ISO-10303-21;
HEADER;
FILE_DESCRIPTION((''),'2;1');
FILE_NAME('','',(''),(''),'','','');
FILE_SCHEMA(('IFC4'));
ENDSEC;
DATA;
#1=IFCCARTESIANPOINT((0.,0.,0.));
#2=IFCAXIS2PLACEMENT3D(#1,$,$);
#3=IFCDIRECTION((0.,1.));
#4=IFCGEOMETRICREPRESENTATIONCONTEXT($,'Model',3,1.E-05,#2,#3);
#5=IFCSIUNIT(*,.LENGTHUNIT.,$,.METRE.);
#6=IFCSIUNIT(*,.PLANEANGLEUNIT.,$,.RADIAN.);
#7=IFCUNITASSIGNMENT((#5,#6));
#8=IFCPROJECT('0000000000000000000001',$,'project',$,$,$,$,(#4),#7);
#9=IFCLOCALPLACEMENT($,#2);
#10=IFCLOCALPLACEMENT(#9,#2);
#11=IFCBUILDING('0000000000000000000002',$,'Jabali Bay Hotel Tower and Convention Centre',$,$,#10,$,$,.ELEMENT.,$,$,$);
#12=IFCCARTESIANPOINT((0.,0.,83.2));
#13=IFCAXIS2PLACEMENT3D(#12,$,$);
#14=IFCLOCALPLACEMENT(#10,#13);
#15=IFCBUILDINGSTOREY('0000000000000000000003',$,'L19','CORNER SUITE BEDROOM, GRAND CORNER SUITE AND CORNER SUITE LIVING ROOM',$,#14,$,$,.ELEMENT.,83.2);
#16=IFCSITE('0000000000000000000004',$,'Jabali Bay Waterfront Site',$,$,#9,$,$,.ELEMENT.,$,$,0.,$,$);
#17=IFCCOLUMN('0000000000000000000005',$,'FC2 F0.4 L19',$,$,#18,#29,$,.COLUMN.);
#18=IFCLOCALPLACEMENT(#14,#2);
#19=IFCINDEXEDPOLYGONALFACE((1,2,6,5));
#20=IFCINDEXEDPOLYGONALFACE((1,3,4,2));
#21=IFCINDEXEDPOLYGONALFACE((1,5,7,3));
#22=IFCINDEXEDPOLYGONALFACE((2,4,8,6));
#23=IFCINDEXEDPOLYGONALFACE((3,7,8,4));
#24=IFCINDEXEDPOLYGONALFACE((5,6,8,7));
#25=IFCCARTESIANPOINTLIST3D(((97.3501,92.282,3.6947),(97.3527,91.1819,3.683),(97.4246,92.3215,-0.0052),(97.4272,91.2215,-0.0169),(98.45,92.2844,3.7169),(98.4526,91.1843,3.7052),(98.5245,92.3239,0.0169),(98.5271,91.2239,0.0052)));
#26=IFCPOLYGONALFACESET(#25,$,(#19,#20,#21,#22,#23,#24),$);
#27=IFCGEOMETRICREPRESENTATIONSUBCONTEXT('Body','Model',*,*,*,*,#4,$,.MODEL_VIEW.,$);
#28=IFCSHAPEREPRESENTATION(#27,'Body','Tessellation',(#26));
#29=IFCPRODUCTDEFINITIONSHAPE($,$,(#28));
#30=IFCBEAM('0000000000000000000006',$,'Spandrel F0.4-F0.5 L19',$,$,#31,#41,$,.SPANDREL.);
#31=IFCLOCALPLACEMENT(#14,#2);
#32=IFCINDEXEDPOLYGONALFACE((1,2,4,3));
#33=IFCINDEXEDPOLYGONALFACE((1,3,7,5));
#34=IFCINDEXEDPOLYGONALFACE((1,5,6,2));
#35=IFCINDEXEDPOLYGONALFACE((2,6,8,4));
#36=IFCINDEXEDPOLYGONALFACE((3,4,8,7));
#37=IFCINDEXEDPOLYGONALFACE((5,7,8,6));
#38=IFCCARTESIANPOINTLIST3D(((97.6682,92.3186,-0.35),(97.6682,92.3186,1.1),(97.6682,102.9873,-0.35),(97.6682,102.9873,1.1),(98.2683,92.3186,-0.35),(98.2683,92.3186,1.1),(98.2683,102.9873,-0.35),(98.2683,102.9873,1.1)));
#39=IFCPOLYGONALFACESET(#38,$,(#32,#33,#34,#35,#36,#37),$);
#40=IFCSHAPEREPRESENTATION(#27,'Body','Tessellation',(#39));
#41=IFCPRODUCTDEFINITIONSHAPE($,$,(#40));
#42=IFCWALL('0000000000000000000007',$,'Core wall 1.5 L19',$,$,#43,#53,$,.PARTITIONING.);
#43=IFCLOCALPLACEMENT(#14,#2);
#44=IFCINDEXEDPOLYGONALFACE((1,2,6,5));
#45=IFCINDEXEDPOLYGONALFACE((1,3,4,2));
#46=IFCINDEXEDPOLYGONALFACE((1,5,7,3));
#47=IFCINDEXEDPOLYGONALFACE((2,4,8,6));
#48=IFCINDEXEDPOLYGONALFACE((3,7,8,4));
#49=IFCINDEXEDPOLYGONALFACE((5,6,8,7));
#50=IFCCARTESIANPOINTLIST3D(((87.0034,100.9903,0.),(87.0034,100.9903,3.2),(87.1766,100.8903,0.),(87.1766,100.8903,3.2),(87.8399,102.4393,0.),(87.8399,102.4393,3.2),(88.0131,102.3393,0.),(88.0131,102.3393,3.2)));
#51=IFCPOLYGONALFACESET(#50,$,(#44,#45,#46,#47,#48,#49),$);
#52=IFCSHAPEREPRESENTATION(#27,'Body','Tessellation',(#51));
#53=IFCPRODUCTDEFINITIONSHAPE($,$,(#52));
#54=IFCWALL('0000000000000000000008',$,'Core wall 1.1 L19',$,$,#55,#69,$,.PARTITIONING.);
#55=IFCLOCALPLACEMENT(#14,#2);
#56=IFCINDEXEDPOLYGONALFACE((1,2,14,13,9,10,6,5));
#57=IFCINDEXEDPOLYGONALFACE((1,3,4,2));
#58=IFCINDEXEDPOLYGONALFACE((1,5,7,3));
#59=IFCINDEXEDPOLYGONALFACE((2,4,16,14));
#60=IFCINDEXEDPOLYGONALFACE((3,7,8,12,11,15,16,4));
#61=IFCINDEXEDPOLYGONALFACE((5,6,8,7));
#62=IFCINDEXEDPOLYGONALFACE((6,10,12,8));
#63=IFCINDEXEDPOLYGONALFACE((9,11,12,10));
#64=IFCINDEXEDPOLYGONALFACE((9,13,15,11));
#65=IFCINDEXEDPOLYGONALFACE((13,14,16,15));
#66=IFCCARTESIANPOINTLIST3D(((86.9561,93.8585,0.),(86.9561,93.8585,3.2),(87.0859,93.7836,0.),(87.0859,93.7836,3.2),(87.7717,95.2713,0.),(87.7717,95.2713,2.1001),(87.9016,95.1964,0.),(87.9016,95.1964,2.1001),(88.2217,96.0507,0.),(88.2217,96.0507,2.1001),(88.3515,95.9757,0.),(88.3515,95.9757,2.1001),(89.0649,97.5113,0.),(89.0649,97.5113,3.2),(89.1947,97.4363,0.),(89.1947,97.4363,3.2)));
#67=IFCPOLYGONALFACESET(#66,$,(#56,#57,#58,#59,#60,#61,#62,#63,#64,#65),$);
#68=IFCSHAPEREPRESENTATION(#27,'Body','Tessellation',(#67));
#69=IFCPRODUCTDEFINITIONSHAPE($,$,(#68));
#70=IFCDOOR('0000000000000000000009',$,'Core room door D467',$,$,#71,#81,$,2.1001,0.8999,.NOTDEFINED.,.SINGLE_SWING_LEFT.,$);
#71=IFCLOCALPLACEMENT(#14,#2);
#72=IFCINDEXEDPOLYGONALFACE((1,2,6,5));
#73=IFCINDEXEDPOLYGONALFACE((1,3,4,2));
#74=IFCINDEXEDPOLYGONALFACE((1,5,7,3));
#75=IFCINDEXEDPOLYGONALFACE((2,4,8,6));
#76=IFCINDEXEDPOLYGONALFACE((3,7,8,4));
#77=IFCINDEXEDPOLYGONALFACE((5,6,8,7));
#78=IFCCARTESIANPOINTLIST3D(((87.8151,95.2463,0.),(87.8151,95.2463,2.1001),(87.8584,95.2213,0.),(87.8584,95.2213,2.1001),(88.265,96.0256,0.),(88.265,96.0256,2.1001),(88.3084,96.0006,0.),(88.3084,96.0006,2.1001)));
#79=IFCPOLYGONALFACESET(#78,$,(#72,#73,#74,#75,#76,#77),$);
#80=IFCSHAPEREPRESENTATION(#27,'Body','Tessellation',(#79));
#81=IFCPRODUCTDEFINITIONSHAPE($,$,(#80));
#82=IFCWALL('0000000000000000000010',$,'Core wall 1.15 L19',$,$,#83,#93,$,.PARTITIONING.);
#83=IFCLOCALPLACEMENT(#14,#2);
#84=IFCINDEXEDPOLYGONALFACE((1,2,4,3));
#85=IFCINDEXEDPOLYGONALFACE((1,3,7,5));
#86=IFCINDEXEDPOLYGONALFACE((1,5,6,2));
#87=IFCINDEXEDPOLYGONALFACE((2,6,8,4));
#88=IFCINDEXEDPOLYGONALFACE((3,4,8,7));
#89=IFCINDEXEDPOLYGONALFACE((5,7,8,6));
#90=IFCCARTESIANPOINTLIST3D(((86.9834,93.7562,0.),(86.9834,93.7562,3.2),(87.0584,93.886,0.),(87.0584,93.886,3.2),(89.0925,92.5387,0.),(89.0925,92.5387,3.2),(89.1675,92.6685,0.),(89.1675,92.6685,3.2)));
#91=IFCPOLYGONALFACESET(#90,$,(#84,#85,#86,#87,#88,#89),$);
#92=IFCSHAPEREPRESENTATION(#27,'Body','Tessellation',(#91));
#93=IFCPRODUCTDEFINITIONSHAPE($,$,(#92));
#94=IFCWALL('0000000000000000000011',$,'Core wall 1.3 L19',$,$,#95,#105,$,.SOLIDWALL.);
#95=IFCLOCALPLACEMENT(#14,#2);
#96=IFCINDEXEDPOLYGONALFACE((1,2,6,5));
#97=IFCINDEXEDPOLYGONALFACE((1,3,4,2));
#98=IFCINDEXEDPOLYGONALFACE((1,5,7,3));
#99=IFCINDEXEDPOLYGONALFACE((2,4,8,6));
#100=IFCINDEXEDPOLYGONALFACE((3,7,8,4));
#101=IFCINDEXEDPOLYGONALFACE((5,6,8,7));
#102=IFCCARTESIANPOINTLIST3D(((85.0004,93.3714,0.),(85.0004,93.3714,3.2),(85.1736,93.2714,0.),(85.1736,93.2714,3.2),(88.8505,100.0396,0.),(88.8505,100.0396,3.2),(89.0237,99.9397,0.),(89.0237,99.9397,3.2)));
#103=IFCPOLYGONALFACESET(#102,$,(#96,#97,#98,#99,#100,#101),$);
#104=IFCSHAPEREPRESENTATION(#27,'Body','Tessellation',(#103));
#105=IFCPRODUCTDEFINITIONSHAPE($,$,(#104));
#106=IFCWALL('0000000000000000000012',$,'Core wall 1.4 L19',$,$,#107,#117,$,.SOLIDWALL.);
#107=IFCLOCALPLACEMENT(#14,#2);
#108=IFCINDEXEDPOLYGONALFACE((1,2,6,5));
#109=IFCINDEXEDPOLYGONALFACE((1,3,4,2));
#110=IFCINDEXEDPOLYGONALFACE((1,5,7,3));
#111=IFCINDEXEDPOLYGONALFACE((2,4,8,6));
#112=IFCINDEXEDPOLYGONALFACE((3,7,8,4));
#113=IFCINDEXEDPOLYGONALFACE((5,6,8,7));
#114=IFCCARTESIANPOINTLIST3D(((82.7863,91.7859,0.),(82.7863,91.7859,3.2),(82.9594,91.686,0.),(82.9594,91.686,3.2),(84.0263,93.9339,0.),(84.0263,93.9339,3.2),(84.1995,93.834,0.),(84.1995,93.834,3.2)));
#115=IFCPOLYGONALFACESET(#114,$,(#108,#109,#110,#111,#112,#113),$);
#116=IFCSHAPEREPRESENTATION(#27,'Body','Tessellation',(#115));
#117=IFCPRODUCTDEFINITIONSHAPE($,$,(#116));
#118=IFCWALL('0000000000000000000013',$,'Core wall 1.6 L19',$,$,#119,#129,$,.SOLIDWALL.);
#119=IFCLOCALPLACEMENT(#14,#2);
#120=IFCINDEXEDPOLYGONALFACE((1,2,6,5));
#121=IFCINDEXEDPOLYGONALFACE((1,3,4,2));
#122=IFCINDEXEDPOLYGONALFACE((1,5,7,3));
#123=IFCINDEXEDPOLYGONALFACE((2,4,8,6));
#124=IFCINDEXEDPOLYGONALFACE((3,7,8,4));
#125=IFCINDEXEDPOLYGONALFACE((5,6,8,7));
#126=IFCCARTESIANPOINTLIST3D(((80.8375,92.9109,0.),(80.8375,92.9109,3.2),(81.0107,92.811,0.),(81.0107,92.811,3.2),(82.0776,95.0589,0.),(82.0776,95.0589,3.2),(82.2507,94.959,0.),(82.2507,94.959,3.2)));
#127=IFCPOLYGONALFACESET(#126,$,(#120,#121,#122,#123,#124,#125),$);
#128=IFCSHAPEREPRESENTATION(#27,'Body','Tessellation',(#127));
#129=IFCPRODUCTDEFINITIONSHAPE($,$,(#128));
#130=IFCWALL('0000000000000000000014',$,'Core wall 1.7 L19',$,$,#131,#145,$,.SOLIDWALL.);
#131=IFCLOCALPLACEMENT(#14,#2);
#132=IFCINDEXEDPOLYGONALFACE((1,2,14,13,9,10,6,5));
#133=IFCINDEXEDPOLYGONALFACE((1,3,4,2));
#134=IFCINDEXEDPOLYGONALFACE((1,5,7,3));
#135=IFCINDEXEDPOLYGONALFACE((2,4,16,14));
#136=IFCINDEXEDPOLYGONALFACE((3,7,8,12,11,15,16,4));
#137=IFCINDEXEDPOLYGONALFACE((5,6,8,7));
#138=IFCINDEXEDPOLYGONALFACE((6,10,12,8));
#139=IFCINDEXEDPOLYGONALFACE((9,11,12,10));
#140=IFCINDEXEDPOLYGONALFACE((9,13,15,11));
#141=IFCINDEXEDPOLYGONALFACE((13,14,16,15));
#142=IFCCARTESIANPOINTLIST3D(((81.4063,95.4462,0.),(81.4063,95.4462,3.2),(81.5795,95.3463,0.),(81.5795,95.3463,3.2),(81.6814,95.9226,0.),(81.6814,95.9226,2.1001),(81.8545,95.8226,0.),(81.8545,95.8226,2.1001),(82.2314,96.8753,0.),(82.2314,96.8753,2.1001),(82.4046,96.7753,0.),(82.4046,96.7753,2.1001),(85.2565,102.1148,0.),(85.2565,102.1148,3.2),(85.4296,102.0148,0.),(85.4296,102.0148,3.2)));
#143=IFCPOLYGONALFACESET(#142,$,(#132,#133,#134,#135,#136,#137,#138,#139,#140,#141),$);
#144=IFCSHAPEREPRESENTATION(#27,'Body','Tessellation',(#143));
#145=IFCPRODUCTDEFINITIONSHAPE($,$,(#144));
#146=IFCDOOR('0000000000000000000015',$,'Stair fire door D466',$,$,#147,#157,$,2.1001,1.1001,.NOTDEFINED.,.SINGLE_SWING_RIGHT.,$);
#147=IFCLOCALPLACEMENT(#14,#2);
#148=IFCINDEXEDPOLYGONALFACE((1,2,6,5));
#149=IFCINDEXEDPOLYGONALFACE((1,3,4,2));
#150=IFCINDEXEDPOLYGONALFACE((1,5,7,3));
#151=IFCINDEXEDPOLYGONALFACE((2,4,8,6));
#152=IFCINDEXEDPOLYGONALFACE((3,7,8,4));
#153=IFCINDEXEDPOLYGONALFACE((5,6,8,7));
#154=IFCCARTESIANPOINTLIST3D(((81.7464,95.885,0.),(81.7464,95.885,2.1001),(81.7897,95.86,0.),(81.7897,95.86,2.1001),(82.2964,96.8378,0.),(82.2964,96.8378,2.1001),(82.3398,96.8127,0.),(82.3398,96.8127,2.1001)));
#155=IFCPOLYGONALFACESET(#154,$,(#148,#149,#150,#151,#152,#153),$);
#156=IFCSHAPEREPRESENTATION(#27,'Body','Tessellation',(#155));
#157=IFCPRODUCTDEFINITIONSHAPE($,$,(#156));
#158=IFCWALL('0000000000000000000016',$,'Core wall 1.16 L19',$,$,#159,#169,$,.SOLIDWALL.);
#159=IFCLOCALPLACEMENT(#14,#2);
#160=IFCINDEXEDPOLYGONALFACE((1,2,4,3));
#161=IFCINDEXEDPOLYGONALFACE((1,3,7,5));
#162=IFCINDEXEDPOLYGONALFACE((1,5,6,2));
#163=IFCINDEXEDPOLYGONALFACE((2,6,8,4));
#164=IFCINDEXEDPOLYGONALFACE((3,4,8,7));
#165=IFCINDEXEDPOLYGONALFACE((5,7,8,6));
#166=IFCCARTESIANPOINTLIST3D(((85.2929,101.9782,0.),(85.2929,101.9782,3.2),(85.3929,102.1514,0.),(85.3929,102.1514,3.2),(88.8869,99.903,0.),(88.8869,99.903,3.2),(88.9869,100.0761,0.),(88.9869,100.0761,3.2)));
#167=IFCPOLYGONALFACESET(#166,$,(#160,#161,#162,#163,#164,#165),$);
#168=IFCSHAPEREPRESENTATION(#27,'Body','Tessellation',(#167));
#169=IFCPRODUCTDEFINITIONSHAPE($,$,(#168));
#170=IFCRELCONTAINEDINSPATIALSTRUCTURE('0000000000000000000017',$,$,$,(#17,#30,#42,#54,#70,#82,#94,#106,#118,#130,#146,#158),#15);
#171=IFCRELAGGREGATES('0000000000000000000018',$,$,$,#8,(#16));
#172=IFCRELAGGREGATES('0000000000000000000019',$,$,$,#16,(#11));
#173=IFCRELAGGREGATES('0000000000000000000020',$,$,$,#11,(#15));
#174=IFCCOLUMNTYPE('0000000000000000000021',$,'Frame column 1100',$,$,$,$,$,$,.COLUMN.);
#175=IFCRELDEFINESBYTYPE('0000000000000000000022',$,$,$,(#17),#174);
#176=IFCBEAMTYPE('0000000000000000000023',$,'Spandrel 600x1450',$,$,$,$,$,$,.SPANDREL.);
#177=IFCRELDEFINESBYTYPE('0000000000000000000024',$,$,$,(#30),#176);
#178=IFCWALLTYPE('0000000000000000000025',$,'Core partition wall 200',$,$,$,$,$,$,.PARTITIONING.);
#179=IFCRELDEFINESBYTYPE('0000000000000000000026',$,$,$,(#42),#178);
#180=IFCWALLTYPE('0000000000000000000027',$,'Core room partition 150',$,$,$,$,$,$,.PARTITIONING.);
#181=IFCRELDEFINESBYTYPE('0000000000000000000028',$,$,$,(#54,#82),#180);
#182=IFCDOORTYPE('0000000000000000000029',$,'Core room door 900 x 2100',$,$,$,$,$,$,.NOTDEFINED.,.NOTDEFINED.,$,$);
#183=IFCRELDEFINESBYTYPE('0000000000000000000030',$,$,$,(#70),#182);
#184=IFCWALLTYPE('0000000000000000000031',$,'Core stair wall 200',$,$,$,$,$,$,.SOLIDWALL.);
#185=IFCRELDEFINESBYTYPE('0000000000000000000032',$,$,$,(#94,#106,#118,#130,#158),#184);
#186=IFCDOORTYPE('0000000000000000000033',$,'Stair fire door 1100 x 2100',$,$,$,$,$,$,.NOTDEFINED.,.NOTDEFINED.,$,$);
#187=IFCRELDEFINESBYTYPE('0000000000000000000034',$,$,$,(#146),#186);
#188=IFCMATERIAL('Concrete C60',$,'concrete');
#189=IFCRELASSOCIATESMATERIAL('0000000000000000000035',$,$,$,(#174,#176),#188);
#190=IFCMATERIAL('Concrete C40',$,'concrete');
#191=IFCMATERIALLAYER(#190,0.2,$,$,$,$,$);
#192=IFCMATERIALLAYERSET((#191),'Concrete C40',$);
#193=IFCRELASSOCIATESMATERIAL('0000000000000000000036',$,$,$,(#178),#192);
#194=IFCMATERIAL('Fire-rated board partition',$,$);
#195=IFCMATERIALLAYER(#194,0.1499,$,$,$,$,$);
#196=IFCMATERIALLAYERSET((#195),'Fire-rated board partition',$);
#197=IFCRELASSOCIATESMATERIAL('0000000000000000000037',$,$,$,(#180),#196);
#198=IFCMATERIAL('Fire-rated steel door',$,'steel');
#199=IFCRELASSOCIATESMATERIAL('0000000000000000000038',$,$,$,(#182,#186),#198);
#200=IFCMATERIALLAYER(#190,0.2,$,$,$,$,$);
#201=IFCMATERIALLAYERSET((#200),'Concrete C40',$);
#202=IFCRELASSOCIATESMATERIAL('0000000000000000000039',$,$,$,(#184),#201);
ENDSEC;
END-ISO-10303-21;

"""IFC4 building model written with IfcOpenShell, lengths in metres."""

from ifc_helpers import new_model, si_unit, direction, frame, frame_2d, origin, origin_2d, place, context, subcontext, project, spatial, rectangle, extrude, material, layer, layer_set, material_profile, profile_set, type_object, element, fill, save


model = new_model("IFC4")

# Units and contexts
model_context = context("Model", 3, precision=1e-05, world=origin(), true_north=direction((0.0, 1.0)))
body_context = subcontext(model_context, "Body", "Model", "MODEL_VIEW")
ifc_project = project(units=[si_unit("LENGTHUNIT", "METRE"), si_unit("PLANEANGLEUNIT", "RADIAN")], contexts=[model_context])

# Site, building, storey
site_placement = place(None, origin())
site = spatial("IfcSite", under=ifc_project, at=site_placement, Name="Jabali Bay Waterfront Site", CompositionType="ELEMENT", RefElevation=0.0)
building_placement = place(site_placement, origin())
building = spatial("IfcBuilding", under=site, at=building_placement, Name="Jabali Bay Hotel Tower and Convention Centre", CompositionType="ELEMENT")
storey_placement = place(building_placement, frame((0.0, 0.0, 83.2)))
storey = spatial("IfcBuildingStorey", under=building, at=storey_placement, Name="L19", Description="CORNER SUITE BEDROOM, GRAND CORNER SUITE AND CORNER SUITE LIVING ROOM", CompositionType="ELEMENT", Elevation=83.2)

# Column
ifc_material_1 = material(Name="Concrete C60", Category="concrete")
ifc_material_profile_1 = material_profile(ifc_material_1, rectangle(XDim=1.1001, YDim=1.1001, at=origin_2d()), Name="Frame column 1100")
ifc_profile_set_1 = profile_set([ifc_material_profile_1], Name="Concrete C60")
column_type = type_object("IfcColumnType", Name="Frame column 1100", PredefinedType="COLUMN", material=ifc_profile_set_1)
column_placement = place(storey_placement, frame((97.9758, 91.7727, 0.0), z_axis=(-0.02012, -0.010687, 0.99974), x_axis=(0.999795, 0.002163, 0.020144)))
element("IfcColumn", 1, at=column_placement, inside=storey, type_object=column_type, Name="FC2 F0.4 L19", PredefinedType="COLUMN", context=body_context, shape_type="SweptSolid", body=[
    extrude(rectangle(XDim=1.1001, YDim=1.1001, at=origin_2d()), origin(), (0.0, 0.0, 1.0), 3.7009),
])

# Beam
ifc_material_profile_2 = material_profile(ifc_material_1, rectangle(XDim=0.6001, YDim=1.45, at=origin_2d()), Name="Spandrel 600x1450")
ifc_profile_set_2 = profile_set([ifc_material_profile_2], Name="Concrete C60")
beam_type = type_object("IfcBeamType", Name="Spandrel 600x1450", PredefinedType="SPANDREL", material=ifc_profile_set_2)
beam_placement = place(storey_placement, frame((97.9683, 92.3186, 0.375), z_axis=(0.0, 1.0, 0.0), x_axis=(-1.0, 0.0, 0.0)))
element("IfcBeam", 2, at=beam_placement, inside=storey, type_object=beam_type, Name="Spandrel F0.4-F0.5 L19", PredefinedType="SPANDREL", context=body_context, shape_type="SweptSolid", body=[
    extrude(rectangle(XDim=0.6001, YDim=1.45, at=origin_2d()), origin(), (0.0, 0.0, 1.0), 10.6687),
])

# Wall
ifc_material_2 = material(Name="Concrete C40", Category="concrete")
ifc_layer_1 = layer(ifc_material_2, 0.2)
ifc_layer_set_1 = layer_set([ifc_layer_1], Name="Concrete C40")
wall_type_1 = type_object("IfcWallType", Name="Core partition wall 200", PredefinedType="PARTITIONING", material=ifc_layer_set_1)
wall_1_placement = place(storey_placement, frame((87.0901, 100.9404, 0.0), z_axis=(0.0, 0.0, 1.0), x_axis=(0.499937, 0.866062, 0.0)))
element("IfcWall", 3, at=wall_1_placement, inside=storey, type_object=wall_type_1, Name="Core wall 1.5 L19", PredefinedType="PARTITIONING", context=body_context, shape_type="SweptSolid", body=[
    extrude(rectangle(XDim=1.6731, YDim=0.2, at=frame_2d((0.8364, 0.0))), origin(), (0.0, 0.0, 1.0), 3.2),
])

# Wall, opening, door
ifc_material_3 = material(Name="Fire-rated board partition")
ifc_layer_2 = layer(ifc_material_3, 0.1499)
ifc_layer_set_2 = layer_set([ifc_layer_2], Name="Fire-rated board partition")
wall_type_2 = type_object("IfcWallType", Name="Core room partition 150", PredefinedType="PARTITIONING", material=ifc_layer_set_2)
wall_2_placement = place(storey_placement, frame((87.021, 93.821, 0.0), z_axis=(0.0, 0.0, 1.0), x_axis=(0.499986, 0.866033, 0.0)))
wall_2 = element("IfcWall", 4, at=wall_2_placement, inside=storey, type_object=wall_type_2, Name="Core wall 1.1 L19", PredefinedType="PARTITIONING", context=body_context, shape_type="SweptSolid", body=[
    extrude(rectangle(XDim=4.2178, YDim=0.1499, at=frame_2d((2.1089, 0.0))), origin(), (0.0, 0.0, 1.0), 3.2),
])
opening_1_placement = place(wall_2_placement, frame((1.6313, 0.0, 0.0)))
opening_1 = element("IfcOpeningElement", 5, at=opening_1_placement, cuts=wall_2, PredefinedType="OPENING", context=body_context, shape_type="SweptSolid", body=[
    extrude(rectangle(XDim=0.8999, YDim=2.1001, at=frame_2d((0.45, 1.05))), frame((0.0, 0.0854, 0.0), z_axis=(0.0, -1.0, 0.0), x_axis=(1.0, 0.0, 0.0)), (0.0, 0.0, 1.0), 0.1709),
])
ifc_material_4 = material(Name="Fire-rated steel door", Category="steel")
door_type_1 = type_object("IfcDoorType", Name="Core room door 900 x 2100", OperationType="NOTDEFINED", PredefinedType="NOTDEFINED", material=ifc_material_4)
door_1_placement = place(opening_1_placement, origin())
door_1 = element("IfcDoor", 6, at=door_1_placement, inside=storey, type_object=door_type_1, Name="Core room door D467", OperationType="SINGLE_SWING_LEFT", OverallHeight=2.1001, OverallWidth=0.8999, PredefinedType="NOTDEFINED", context=body_context, shape_type="SweptSolid", body=[
    extrude(rectangle(XDim=0.8999, YDim=2.1001, at=frame_2d((0.45, 1.05))), frame((0.0, 0.0249, 0.0), z_axis=(0.0, -1.0, 0.0), x_axis=(1.0, 0.0, 0.0)), (0.0, 0.0, 1.0), 0.05),
])
fill(opening_1, door_1)

# Walls
wall_3_placement = place(storey_placement, frame((89.1301, 92.6035, 0.0), z_axis=(0.0, 0.0, 1.0), x_axis=(-0.866057, 0.499945, 0.0)))
element("IfcWall", 7, at=wall_3_placement, inside=storey, type_object=wall_type_2, Name="Core wall 1.15 L19", PredefinedType="PARTITIONING", context=body_context, shape_type="SweptSolid", body=[
    extrude(rectangle(XDim=2.4353, YDim=0.1499, at=frame_2d((1.2178, 0.0))), origin(), (0.0, 0.0, 1.0), 3.2),
])
ifc_layer_3 = layer(ifc_material_2, 0.2)
ifc_layer_set_3 = layer_set([ifc_layer_3], Name="Concrete C40")
wall_type_3 = type_object("IfcWallType", Name="Core stair wall 200", PredefinedType="SOLIDWALL", material=ifc_layer_set_3)
wall_4_placement = place(storey_placement, frame((85.0869, 93.3213, 0.0), z_axis=(0.0, 0.0, 1.0), x_axis=(0.50002, 0.866014, 0.0)))
element("IfcWall", 8, at=wall_4_placement, inside=storey, type_object=wall_type_3, Name="Core wall 1.3 L19", PredefinedType="SOLIDWALL", context=body_context, shape_type="SweptSolid", body=[
    extrude(rectangle(XDim=7.7, YDim=0.2, at=frame_2d((3.8501, 0.0))), origin(), (0.0, 0.0, 1.0), 3.2),
])
for number, where, z_axis, x_axis, name in (
    (9, (82.8728, 91.7358, 0.0), (0.0, 0.0, 1.0), (0.499961, 0.866048, 0.0), "Core wall 1.4 L19"),
    (10, (80.9241, 92.8608, 0.0), (0.0, 0.0, 1.0), (0.499961, 0.866048, 0.0), "Core wall 1.6 L19"),
):
    element("IfcWall", number, at=place(storey_placement, frame(where, z_axis=z_axis, x_axis=x_axis)), inside=storey, type_object=wall_type_3, Name=name, PredefinedType="SOLIDWALL", context=body_context, shape_type="SweptSolid", body=[
        extrude(rectangle(XDim=2.4802, YDim=0.2, at=frame_2d((1.2402, 0.0))), origin(), (0.0, 0.0, 1.0), 3.2),
    ])

# Wall, opening, door
wall_5_placement = place(storey_placement, frame((81.4929, 95.3962, 0.0), z_axis=(0.0, 0.0, 1.0), x_axis=(0.500006, 0.866022, 0.0)))
wall_5 = element("IfcWall", 11, at=wall_5_placement, inside=storey, type_object=wall_type_3, Name="Core wall 1.7 L19", PredefinedType="SOLIDWALL", context=body_context, shape_type="SweptSolid", body=[
    extrude(rectangle(XDim=7.7002, YDim=0.2, at=frame_2d((3.8501, 0.0))), origin(), (0.0, 0.0, 1.0), 3.2),
])
opening_2_placement = place(wall_5_placement, frame((0.55, 0.0, 0.0)))
opening_2 = element("IfcOpeningElement", 12, at=opening_2_placement, cuts=wall_5, PredefinedType="OPENING", context=body_context, shape_type="SweptSolid", body=[
    extrude(rectangle(XDim=1.1001, YDim=2.1001, at=frame_2d((0.55, 1.05))), frame((0.0, 0.1104, 0.0), z_axis=(0.0, -1.0, 0.0), x_axis=(1.0, 0.0, 0.0)), (0.0, 0.0, 1.0), 0.2209),
])
door_type_2 = type_object("IfcDoorType", Name="Stair fire door 1100 x 2100", OperationType="NOTDEFINED", PredefinedType="NOTDEFINED", material=ifc_material_4)
door_2_placement = place(opening_2_placement, origin())
door_2 = element("IfcDoor", 13, at=door_2_placement, inside=storey, type_object=door_type_2, Name="Stair fire door D466", OperationType="SINGLE_SWING_RIGHT", OverallHeight=2.1001, OverallWidth=1.1001, PredefinedType="NOTDEFINED", context=body_context, shape_type="SweptSolid", body=[
    extrude(rectangle(XDim=1.1001, YDim=2.1001, at=frame_2d((0.55, 1.05))), frame((0.0, 0.0249, 0.0), z_axis=(0.0, -1.0, 0.0), x_axis=(1.0, 0.0, 0.0)), (0.0, 0.0, 1.0), 0.05),
])
fill(opening_2, door_2)

# Wall
wall_6_placement = place(storey_placement, frame((88.937, 99.9895, 0.0), z_axis=(0.0, 0.0, 1.0), x_axis=(-0.866004, 0.500036, 0.0)))
element("IfcWall", 14, at=wall_6_placement, inside=storey, type_object=wall_type_3, Name="Core wall 1.16 L19", PredefinedType="SOLIDWALL", context=body_context, shape_type="SweptSolid", body=[
    extrude(rectangle(XDim=4.1501, YDim=0.2, at=frame_2d((2.0752, 0.0))), origin(), (0.0, 0.0, 1.0), 3.2),
])

save(model, "model.ifc")
